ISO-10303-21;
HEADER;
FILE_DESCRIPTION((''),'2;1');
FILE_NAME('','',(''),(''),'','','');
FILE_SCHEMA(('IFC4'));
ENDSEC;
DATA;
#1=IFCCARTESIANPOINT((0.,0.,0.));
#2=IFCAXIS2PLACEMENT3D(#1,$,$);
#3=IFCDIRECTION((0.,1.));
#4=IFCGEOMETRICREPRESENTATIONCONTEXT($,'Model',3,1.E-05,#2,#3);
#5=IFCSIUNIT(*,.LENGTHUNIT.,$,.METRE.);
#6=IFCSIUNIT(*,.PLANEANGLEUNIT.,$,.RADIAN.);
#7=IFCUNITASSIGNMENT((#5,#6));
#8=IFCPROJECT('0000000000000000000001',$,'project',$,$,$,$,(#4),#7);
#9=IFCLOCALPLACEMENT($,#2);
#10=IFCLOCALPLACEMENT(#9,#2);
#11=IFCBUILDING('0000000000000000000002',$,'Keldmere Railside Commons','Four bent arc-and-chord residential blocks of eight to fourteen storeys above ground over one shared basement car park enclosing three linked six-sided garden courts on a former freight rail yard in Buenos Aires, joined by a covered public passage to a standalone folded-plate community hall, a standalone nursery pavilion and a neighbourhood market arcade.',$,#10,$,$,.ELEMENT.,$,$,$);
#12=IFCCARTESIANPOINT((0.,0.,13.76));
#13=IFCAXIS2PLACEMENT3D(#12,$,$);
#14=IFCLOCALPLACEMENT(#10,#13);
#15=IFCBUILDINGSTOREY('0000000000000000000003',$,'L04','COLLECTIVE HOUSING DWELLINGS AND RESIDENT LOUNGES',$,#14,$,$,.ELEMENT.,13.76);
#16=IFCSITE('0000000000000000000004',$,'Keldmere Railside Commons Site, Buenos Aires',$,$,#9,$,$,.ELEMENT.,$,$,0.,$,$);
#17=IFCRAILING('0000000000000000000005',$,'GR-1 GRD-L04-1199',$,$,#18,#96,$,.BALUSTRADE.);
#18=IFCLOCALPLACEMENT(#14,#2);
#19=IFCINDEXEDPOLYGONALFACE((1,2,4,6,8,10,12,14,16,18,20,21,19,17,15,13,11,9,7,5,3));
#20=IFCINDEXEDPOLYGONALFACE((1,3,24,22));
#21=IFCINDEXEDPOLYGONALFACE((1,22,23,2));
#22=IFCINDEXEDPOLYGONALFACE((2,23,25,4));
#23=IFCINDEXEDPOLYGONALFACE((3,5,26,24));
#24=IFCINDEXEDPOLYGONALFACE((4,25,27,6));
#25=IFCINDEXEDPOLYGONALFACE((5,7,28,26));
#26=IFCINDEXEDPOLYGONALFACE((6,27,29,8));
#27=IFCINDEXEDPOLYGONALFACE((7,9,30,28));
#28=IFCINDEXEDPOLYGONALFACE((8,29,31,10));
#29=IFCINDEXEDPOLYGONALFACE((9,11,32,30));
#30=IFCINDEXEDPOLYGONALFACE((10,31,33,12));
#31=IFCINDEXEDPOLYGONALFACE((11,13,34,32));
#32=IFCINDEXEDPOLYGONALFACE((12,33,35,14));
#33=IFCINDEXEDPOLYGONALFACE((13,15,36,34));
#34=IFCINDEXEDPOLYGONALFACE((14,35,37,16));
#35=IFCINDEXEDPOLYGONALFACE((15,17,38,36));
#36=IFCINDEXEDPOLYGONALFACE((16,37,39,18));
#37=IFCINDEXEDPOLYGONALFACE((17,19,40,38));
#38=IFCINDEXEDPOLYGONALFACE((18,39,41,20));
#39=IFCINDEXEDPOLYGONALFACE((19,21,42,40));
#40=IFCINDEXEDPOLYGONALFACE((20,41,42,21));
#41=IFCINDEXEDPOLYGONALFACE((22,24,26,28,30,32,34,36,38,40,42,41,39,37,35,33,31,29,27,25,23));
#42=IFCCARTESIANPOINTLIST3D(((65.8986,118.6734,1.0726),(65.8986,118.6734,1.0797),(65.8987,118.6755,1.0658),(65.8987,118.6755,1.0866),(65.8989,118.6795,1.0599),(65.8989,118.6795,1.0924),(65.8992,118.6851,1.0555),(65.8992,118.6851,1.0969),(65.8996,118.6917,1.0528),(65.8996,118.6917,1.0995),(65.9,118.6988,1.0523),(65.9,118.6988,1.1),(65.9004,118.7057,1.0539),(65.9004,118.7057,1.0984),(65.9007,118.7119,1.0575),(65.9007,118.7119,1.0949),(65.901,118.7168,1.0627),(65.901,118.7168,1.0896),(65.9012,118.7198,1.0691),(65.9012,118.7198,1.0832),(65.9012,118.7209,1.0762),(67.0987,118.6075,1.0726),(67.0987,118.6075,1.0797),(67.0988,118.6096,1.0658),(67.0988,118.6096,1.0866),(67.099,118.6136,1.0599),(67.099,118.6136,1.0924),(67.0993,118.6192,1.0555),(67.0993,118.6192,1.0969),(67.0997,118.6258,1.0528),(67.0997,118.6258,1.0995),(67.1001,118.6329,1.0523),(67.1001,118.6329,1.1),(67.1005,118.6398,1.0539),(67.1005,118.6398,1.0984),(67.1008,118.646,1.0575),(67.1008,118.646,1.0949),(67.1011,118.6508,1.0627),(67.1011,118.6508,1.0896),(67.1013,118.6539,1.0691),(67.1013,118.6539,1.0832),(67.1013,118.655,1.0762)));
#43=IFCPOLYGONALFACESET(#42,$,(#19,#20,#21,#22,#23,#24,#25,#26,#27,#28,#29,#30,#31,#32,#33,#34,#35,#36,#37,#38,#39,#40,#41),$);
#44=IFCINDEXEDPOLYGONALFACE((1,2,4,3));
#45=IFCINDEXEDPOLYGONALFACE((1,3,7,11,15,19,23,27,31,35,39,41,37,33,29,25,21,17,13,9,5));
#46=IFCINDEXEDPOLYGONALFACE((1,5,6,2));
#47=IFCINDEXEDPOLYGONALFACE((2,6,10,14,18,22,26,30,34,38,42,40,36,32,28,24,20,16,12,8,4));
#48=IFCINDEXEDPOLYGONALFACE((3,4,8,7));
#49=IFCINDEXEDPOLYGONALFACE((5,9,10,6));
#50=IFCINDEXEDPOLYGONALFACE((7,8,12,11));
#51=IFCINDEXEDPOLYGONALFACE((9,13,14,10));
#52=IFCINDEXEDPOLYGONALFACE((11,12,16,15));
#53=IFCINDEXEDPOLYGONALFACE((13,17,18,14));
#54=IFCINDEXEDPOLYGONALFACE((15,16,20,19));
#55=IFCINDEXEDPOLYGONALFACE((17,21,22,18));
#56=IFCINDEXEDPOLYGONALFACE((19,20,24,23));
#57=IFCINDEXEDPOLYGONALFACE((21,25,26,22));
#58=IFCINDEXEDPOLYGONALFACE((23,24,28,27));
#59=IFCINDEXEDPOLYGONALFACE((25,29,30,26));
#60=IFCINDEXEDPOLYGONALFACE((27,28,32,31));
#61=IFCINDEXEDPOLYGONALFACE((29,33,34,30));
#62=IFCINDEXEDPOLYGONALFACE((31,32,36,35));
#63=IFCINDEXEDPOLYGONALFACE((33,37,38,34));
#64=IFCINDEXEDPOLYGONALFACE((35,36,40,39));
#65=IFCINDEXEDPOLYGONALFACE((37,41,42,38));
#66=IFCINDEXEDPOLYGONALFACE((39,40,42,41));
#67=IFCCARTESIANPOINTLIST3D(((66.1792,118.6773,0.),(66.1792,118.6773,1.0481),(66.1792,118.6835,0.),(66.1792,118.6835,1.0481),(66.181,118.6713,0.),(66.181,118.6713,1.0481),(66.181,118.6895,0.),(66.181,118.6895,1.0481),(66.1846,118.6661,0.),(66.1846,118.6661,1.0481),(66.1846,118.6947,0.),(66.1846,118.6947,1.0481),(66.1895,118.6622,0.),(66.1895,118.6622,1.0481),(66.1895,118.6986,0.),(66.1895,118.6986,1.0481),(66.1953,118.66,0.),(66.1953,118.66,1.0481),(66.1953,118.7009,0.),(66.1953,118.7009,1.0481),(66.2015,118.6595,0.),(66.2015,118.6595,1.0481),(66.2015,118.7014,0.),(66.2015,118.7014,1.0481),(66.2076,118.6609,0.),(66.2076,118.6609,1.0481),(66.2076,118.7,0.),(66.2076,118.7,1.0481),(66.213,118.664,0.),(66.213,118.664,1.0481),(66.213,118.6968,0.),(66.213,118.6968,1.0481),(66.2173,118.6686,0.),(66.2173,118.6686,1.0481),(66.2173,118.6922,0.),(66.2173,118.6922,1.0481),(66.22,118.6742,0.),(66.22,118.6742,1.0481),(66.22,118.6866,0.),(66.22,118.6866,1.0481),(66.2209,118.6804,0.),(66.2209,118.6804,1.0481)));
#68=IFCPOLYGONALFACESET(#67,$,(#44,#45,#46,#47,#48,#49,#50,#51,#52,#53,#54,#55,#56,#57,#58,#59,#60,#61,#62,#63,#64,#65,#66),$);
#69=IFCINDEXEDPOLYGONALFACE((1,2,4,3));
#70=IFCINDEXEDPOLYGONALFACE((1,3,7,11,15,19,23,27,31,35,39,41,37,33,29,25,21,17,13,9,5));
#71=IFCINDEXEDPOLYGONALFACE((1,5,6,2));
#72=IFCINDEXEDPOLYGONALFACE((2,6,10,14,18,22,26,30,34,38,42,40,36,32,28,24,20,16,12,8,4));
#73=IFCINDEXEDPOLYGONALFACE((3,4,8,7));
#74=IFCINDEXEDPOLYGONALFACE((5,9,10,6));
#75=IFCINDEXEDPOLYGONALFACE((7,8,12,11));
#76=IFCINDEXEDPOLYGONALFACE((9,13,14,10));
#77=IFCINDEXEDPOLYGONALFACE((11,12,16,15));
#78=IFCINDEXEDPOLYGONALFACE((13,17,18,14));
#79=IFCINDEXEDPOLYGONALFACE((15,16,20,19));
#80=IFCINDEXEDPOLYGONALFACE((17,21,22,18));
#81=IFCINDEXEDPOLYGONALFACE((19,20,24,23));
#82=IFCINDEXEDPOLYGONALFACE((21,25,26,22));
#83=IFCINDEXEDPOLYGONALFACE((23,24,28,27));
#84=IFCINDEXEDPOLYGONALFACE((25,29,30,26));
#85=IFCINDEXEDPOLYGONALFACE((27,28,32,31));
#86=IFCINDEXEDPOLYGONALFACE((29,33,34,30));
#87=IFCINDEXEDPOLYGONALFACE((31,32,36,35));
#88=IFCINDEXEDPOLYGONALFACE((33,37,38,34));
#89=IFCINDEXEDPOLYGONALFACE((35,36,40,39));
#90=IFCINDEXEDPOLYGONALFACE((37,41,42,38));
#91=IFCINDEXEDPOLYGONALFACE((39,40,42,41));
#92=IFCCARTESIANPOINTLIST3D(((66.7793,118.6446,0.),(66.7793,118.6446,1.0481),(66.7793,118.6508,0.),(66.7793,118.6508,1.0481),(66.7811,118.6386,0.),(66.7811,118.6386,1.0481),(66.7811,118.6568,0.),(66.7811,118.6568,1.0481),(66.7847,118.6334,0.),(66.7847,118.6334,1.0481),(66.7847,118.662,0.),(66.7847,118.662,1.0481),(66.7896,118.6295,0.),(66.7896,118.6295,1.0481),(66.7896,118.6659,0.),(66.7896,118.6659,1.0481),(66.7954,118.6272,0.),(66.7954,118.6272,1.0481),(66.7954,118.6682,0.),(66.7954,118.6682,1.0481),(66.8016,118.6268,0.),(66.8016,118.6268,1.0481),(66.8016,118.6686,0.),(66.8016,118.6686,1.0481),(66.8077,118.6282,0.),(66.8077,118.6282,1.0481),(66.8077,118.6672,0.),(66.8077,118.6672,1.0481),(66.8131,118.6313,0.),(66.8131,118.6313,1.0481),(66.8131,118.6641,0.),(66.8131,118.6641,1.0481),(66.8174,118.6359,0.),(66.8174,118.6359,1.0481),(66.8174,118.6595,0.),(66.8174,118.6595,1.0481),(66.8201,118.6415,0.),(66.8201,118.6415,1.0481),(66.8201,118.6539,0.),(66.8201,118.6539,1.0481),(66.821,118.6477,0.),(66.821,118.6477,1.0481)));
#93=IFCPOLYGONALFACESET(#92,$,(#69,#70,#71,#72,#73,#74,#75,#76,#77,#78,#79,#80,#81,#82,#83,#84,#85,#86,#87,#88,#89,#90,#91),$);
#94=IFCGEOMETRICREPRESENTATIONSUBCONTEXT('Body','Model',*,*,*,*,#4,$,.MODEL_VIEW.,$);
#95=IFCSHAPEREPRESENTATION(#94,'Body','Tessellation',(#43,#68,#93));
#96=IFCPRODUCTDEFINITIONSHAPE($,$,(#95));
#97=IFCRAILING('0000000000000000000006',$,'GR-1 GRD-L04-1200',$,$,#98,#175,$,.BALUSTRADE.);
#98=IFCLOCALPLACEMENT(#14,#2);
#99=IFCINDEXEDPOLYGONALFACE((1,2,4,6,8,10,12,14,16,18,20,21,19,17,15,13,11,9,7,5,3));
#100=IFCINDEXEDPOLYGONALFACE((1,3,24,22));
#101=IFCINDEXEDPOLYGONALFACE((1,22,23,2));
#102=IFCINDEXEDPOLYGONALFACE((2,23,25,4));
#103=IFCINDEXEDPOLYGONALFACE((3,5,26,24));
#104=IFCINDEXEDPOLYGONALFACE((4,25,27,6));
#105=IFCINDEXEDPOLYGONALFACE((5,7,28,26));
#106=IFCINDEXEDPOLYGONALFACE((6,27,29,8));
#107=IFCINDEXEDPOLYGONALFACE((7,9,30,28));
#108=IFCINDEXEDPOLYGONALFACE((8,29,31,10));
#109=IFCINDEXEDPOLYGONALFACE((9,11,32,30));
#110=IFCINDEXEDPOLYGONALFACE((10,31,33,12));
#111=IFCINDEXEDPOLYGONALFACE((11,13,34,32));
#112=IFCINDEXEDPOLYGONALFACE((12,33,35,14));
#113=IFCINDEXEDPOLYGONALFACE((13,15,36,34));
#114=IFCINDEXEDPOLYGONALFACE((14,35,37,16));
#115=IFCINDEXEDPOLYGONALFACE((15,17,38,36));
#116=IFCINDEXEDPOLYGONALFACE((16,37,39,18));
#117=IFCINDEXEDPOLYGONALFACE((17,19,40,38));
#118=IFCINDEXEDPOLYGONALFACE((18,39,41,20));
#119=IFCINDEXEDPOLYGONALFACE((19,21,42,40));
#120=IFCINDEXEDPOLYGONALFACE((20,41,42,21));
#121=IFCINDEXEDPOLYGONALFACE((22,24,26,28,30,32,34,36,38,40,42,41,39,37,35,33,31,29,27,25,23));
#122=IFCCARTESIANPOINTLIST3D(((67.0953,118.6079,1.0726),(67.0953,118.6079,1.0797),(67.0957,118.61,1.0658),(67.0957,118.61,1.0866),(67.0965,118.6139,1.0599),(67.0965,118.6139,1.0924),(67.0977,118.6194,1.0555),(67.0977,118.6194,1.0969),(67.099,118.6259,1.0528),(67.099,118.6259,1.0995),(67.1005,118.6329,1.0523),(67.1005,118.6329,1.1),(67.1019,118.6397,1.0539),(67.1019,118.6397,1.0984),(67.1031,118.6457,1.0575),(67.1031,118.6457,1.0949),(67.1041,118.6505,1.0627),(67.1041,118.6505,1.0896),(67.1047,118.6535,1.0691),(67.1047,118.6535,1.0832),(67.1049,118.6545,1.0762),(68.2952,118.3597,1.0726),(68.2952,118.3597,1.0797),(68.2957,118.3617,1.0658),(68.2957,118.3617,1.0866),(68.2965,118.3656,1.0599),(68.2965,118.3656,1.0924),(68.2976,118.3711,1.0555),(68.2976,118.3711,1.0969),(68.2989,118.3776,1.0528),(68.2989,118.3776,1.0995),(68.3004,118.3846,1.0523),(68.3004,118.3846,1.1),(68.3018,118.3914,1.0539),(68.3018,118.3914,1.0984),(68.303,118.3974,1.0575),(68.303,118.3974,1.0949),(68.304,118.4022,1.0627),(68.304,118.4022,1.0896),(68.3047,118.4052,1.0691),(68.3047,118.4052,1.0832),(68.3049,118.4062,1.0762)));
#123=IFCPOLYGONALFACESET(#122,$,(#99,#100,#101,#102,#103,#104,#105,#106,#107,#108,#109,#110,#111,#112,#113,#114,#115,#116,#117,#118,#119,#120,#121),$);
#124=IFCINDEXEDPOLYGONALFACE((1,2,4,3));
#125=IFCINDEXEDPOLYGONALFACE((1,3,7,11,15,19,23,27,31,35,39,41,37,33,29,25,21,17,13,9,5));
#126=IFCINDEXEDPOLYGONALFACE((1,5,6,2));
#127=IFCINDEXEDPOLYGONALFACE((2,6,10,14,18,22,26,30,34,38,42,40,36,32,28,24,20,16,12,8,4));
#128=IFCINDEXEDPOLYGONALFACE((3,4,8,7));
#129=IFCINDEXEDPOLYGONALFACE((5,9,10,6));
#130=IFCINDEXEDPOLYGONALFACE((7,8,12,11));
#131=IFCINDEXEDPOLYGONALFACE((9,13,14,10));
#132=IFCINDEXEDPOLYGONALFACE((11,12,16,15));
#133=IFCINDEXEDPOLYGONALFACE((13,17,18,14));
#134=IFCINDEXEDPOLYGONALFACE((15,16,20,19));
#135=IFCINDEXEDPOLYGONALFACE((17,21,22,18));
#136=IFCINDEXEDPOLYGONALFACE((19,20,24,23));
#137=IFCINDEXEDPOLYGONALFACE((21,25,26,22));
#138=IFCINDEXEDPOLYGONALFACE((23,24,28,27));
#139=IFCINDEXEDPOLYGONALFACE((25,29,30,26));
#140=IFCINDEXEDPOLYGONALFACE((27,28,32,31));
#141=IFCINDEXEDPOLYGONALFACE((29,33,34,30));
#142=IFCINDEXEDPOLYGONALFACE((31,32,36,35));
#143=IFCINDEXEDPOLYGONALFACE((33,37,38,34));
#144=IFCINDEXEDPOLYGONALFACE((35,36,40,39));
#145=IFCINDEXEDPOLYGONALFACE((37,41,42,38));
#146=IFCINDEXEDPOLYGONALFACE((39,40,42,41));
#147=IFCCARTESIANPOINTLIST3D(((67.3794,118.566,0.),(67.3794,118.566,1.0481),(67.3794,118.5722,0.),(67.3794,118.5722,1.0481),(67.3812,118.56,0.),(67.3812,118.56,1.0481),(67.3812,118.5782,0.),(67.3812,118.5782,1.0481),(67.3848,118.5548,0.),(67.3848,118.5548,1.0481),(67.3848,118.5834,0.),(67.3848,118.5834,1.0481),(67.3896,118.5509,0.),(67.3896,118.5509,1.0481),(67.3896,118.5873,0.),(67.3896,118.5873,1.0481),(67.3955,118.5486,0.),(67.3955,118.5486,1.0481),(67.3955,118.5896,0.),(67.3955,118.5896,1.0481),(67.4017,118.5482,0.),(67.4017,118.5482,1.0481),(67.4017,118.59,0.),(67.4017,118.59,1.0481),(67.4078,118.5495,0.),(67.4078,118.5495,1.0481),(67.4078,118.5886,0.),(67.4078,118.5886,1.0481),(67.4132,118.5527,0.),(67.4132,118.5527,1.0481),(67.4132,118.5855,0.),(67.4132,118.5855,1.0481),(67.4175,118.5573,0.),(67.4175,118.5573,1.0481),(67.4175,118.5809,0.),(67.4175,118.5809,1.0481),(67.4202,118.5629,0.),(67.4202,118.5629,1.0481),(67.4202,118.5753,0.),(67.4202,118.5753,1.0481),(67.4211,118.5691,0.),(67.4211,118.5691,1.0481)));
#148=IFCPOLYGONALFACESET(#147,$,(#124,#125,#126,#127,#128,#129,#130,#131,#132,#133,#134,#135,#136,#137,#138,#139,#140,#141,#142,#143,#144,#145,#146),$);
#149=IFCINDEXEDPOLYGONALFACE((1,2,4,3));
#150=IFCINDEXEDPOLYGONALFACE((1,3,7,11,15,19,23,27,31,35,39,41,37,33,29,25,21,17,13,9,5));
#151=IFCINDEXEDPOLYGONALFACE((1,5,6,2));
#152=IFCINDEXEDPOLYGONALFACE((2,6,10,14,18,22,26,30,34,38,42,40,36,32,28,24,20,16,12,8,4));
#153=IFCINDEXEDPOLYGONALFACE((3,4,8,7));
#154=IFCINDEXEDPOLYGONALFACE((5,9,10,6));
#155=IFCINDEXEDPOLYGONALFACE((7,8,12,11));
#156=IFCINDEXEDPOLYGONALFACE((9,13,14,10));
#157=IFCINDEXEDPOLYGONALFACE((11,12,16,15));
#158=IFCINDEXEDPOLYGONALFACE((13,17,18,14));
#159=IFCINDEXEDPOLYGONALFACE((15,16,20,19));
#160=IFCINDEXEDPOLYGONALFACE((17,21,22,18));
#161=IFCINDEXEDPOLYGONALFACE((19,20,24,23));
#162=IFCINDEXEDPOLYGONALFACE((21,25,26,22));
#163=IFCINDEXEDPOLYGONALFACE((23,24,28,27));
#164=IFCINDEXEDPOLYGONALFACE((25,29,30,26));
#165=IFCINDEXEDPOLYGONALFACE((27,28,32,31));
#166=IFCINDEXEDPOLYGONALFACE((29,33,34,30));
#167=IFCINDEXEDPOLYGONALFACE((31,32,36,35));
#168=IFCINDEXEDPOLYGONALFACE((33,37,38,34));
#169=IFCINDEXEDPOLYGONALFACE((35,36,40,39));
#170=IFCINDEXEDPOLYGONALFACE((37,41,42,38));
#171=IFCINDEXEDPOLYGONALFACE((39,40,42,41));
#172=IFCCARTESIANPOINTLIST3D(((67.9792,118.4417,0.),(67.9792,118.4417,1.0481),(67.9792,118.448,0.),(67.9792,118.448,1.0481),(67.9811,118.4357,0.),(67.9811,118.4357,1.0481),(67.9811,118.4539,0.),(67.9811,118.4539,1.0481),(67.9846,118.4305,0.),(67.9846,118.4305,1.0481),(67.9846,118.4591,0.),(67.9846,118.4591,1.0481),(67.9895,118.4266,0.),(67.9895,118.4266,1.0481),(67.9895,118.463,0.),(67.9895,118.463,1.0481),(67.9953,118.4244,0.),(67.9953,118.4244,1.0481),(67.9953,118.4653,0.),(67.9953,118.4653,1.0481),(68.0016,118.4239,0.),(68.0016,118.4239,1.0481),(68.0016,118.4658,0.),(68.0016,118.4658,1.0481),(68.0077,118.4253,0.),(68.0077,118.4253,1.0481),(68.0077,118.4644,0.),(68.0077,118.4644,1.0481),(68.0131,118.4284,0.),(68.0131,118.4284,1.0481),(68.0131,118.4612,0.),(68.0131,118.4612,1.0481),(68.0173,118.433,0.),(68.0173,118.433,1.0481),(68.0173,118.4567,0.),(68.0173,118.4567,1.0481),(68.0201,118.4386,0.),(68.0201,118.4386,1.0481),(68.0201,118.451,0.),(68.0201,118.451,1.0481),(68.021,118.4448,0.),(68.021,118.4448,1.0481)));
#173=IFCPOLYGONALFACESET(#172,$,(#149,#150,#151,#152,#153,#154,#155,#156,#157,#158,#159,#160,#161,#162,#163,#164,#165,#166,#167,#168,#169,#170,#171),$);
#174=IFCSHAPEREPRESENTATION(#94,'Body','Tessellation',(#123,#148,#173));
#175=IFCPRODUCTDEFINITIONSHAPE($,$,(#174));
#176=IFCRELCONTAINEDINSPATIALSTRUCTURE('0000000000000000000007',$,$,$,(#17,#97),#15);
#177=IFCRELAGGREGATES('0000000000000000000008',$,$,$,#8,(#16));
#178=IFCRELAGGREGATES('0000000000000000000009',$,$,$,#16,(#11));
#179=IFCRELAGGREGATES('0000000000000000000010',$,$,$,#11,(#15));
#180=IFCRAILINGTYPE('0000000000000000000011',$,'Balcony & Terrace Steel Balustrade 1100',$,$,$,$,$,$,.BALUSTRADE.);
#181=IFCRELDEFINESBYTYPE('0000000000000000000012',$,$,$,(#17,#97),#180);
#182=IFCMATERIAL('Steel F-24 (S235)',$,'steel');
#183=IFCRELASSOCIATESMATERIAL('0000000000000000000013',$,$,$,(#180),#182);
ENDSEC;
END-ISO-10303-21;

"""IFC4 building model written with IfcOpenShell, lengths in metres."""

from ifc_helpers import new_model, si_unit, direction, frame, origin, origin_2d, place, context, subcontext, project, spatial, circle, extrude, material, type_object, element, save


model = new_model("IFC4")

# Units and contexts
model_context = context("Model", 3, precision=1e-05, world=origin(), true_north=direction((0.0, 1.0)))
body_context = subcontext(model_context, "Body", "Model", "MODEL_VIEW")
ifc_project = project(units=[si_unit("LENGTHUNIT", "METRE"), si_unit("PLANEANGLEUNIT", "RADIAN")], contexts=[model_context])

# Site, building, storey
site_placement = place(None, origin())
site = spatial("IfcSite", under=ifc_project, at=site_placement, Name="Keldmere Railside Commons Site, Buenos Aires", CompositionType="ELEMENT", RefElevation=0.0)
building_placement = place(site_placement, origin())
building = spatial("IfcBuilding", under=site, at=building_placement, Name="Keldmere Railside Commons", Description="Four bent arc-and-chord residential blocks of eight to fourteen storeys above ground over one shared basement car park enclosing three linked six-sided garden courts on a former freight rail yard in Buenos Aires, joined by a covered public passage to a standalone folded-plate community hall, a standalone nursery pavilion and a neighbourhood market arcade.", CompositionType="ELEMENT")
storey_placement = place(building_placement, frame((0.0, 0.0, 13.76)))
storey = spatial("IfcBuildingStorey", under=building, at=storey_placement, Name="L04", Description="COLLECTIVE HOUSING DWELLINGS AND RESIDENT LOUNGES", CompositionType="ELEMENT", Elevation=13.76)

# Railings
ifc_material_1 = material(Name="Steel F-24 (S235)", Category="steel")
railing_type = type_object("IfcRailingType", Name="Balcony & Terrace Steel Balustrade 1100", PredefinedType="BALUSTRADE", material=ifc_material_1)
railing_1_placement = place(storey_placement, frame((65.8999, 118.697, 0.0)))
element("IfcRailing", 1, at=railing_1_placement, inside=storey, type_object=railing_type, Name="GR-1 GRD-L04-1199", PredefinedType="BALUSTRADE", context=body_context, shape_type="SweptSolid", body=[
    extrude(circle(Radius=0.0239, at=origin_2d()), frame((0.0, 0.0, 1.0762), z_axis=(0.998495, -0.05484, 0.0), x_axis=(0.05484, 0.998495, 0.0)), (0.0, 0.0, 1.0), 1.2019),
    extrude(circle(Radius=0.021, at=origin_2d()), frame((0.3, -0.0166, 0.0)), (0.0, 0.0, 1.0), 1.0481),
    extrude(circle(Radius=0.021, at=origin_2d()), frame((0.9001, -0.0493, 0.0)), (0.0, 0.0, 1.0), 1.0481),
])
railing_2_placement = place(storey_placement, frame((67.1001, 118.6311, 0.0)))
element("IfcRailing", 2, at=railing_2_placement, inside=storey, type_object=railing_type, Name="GR-1 GRD-L04-1200", PredefinedType="BALUSTRADE", context=body_context, shape_type="SweptSolid", body=[
    extrude(circle(Radius=0.0239, at=origin_2d()), frame((0.0, 0.0, 1.0762), z_axis=(0.979256, -0.202625, 0.0), x_axis=(0.202625, 0.979256, 0.0)), (0.0, 0.0, 1.0), 1.2253),
    extrude(circle(Radius=0.021, at=origin_2d()), frame((0.3, -0.062, 0.0)), (0.0, 0.0, 1.0), 1.0481),
    extrude(circle(Radius=0.021, at=origin_2d()), frame((0.8999, -0.1863, 0.0)), (0.0, 0.0, 1.0), 1.0481),
])

save(model, "model.ifc")
